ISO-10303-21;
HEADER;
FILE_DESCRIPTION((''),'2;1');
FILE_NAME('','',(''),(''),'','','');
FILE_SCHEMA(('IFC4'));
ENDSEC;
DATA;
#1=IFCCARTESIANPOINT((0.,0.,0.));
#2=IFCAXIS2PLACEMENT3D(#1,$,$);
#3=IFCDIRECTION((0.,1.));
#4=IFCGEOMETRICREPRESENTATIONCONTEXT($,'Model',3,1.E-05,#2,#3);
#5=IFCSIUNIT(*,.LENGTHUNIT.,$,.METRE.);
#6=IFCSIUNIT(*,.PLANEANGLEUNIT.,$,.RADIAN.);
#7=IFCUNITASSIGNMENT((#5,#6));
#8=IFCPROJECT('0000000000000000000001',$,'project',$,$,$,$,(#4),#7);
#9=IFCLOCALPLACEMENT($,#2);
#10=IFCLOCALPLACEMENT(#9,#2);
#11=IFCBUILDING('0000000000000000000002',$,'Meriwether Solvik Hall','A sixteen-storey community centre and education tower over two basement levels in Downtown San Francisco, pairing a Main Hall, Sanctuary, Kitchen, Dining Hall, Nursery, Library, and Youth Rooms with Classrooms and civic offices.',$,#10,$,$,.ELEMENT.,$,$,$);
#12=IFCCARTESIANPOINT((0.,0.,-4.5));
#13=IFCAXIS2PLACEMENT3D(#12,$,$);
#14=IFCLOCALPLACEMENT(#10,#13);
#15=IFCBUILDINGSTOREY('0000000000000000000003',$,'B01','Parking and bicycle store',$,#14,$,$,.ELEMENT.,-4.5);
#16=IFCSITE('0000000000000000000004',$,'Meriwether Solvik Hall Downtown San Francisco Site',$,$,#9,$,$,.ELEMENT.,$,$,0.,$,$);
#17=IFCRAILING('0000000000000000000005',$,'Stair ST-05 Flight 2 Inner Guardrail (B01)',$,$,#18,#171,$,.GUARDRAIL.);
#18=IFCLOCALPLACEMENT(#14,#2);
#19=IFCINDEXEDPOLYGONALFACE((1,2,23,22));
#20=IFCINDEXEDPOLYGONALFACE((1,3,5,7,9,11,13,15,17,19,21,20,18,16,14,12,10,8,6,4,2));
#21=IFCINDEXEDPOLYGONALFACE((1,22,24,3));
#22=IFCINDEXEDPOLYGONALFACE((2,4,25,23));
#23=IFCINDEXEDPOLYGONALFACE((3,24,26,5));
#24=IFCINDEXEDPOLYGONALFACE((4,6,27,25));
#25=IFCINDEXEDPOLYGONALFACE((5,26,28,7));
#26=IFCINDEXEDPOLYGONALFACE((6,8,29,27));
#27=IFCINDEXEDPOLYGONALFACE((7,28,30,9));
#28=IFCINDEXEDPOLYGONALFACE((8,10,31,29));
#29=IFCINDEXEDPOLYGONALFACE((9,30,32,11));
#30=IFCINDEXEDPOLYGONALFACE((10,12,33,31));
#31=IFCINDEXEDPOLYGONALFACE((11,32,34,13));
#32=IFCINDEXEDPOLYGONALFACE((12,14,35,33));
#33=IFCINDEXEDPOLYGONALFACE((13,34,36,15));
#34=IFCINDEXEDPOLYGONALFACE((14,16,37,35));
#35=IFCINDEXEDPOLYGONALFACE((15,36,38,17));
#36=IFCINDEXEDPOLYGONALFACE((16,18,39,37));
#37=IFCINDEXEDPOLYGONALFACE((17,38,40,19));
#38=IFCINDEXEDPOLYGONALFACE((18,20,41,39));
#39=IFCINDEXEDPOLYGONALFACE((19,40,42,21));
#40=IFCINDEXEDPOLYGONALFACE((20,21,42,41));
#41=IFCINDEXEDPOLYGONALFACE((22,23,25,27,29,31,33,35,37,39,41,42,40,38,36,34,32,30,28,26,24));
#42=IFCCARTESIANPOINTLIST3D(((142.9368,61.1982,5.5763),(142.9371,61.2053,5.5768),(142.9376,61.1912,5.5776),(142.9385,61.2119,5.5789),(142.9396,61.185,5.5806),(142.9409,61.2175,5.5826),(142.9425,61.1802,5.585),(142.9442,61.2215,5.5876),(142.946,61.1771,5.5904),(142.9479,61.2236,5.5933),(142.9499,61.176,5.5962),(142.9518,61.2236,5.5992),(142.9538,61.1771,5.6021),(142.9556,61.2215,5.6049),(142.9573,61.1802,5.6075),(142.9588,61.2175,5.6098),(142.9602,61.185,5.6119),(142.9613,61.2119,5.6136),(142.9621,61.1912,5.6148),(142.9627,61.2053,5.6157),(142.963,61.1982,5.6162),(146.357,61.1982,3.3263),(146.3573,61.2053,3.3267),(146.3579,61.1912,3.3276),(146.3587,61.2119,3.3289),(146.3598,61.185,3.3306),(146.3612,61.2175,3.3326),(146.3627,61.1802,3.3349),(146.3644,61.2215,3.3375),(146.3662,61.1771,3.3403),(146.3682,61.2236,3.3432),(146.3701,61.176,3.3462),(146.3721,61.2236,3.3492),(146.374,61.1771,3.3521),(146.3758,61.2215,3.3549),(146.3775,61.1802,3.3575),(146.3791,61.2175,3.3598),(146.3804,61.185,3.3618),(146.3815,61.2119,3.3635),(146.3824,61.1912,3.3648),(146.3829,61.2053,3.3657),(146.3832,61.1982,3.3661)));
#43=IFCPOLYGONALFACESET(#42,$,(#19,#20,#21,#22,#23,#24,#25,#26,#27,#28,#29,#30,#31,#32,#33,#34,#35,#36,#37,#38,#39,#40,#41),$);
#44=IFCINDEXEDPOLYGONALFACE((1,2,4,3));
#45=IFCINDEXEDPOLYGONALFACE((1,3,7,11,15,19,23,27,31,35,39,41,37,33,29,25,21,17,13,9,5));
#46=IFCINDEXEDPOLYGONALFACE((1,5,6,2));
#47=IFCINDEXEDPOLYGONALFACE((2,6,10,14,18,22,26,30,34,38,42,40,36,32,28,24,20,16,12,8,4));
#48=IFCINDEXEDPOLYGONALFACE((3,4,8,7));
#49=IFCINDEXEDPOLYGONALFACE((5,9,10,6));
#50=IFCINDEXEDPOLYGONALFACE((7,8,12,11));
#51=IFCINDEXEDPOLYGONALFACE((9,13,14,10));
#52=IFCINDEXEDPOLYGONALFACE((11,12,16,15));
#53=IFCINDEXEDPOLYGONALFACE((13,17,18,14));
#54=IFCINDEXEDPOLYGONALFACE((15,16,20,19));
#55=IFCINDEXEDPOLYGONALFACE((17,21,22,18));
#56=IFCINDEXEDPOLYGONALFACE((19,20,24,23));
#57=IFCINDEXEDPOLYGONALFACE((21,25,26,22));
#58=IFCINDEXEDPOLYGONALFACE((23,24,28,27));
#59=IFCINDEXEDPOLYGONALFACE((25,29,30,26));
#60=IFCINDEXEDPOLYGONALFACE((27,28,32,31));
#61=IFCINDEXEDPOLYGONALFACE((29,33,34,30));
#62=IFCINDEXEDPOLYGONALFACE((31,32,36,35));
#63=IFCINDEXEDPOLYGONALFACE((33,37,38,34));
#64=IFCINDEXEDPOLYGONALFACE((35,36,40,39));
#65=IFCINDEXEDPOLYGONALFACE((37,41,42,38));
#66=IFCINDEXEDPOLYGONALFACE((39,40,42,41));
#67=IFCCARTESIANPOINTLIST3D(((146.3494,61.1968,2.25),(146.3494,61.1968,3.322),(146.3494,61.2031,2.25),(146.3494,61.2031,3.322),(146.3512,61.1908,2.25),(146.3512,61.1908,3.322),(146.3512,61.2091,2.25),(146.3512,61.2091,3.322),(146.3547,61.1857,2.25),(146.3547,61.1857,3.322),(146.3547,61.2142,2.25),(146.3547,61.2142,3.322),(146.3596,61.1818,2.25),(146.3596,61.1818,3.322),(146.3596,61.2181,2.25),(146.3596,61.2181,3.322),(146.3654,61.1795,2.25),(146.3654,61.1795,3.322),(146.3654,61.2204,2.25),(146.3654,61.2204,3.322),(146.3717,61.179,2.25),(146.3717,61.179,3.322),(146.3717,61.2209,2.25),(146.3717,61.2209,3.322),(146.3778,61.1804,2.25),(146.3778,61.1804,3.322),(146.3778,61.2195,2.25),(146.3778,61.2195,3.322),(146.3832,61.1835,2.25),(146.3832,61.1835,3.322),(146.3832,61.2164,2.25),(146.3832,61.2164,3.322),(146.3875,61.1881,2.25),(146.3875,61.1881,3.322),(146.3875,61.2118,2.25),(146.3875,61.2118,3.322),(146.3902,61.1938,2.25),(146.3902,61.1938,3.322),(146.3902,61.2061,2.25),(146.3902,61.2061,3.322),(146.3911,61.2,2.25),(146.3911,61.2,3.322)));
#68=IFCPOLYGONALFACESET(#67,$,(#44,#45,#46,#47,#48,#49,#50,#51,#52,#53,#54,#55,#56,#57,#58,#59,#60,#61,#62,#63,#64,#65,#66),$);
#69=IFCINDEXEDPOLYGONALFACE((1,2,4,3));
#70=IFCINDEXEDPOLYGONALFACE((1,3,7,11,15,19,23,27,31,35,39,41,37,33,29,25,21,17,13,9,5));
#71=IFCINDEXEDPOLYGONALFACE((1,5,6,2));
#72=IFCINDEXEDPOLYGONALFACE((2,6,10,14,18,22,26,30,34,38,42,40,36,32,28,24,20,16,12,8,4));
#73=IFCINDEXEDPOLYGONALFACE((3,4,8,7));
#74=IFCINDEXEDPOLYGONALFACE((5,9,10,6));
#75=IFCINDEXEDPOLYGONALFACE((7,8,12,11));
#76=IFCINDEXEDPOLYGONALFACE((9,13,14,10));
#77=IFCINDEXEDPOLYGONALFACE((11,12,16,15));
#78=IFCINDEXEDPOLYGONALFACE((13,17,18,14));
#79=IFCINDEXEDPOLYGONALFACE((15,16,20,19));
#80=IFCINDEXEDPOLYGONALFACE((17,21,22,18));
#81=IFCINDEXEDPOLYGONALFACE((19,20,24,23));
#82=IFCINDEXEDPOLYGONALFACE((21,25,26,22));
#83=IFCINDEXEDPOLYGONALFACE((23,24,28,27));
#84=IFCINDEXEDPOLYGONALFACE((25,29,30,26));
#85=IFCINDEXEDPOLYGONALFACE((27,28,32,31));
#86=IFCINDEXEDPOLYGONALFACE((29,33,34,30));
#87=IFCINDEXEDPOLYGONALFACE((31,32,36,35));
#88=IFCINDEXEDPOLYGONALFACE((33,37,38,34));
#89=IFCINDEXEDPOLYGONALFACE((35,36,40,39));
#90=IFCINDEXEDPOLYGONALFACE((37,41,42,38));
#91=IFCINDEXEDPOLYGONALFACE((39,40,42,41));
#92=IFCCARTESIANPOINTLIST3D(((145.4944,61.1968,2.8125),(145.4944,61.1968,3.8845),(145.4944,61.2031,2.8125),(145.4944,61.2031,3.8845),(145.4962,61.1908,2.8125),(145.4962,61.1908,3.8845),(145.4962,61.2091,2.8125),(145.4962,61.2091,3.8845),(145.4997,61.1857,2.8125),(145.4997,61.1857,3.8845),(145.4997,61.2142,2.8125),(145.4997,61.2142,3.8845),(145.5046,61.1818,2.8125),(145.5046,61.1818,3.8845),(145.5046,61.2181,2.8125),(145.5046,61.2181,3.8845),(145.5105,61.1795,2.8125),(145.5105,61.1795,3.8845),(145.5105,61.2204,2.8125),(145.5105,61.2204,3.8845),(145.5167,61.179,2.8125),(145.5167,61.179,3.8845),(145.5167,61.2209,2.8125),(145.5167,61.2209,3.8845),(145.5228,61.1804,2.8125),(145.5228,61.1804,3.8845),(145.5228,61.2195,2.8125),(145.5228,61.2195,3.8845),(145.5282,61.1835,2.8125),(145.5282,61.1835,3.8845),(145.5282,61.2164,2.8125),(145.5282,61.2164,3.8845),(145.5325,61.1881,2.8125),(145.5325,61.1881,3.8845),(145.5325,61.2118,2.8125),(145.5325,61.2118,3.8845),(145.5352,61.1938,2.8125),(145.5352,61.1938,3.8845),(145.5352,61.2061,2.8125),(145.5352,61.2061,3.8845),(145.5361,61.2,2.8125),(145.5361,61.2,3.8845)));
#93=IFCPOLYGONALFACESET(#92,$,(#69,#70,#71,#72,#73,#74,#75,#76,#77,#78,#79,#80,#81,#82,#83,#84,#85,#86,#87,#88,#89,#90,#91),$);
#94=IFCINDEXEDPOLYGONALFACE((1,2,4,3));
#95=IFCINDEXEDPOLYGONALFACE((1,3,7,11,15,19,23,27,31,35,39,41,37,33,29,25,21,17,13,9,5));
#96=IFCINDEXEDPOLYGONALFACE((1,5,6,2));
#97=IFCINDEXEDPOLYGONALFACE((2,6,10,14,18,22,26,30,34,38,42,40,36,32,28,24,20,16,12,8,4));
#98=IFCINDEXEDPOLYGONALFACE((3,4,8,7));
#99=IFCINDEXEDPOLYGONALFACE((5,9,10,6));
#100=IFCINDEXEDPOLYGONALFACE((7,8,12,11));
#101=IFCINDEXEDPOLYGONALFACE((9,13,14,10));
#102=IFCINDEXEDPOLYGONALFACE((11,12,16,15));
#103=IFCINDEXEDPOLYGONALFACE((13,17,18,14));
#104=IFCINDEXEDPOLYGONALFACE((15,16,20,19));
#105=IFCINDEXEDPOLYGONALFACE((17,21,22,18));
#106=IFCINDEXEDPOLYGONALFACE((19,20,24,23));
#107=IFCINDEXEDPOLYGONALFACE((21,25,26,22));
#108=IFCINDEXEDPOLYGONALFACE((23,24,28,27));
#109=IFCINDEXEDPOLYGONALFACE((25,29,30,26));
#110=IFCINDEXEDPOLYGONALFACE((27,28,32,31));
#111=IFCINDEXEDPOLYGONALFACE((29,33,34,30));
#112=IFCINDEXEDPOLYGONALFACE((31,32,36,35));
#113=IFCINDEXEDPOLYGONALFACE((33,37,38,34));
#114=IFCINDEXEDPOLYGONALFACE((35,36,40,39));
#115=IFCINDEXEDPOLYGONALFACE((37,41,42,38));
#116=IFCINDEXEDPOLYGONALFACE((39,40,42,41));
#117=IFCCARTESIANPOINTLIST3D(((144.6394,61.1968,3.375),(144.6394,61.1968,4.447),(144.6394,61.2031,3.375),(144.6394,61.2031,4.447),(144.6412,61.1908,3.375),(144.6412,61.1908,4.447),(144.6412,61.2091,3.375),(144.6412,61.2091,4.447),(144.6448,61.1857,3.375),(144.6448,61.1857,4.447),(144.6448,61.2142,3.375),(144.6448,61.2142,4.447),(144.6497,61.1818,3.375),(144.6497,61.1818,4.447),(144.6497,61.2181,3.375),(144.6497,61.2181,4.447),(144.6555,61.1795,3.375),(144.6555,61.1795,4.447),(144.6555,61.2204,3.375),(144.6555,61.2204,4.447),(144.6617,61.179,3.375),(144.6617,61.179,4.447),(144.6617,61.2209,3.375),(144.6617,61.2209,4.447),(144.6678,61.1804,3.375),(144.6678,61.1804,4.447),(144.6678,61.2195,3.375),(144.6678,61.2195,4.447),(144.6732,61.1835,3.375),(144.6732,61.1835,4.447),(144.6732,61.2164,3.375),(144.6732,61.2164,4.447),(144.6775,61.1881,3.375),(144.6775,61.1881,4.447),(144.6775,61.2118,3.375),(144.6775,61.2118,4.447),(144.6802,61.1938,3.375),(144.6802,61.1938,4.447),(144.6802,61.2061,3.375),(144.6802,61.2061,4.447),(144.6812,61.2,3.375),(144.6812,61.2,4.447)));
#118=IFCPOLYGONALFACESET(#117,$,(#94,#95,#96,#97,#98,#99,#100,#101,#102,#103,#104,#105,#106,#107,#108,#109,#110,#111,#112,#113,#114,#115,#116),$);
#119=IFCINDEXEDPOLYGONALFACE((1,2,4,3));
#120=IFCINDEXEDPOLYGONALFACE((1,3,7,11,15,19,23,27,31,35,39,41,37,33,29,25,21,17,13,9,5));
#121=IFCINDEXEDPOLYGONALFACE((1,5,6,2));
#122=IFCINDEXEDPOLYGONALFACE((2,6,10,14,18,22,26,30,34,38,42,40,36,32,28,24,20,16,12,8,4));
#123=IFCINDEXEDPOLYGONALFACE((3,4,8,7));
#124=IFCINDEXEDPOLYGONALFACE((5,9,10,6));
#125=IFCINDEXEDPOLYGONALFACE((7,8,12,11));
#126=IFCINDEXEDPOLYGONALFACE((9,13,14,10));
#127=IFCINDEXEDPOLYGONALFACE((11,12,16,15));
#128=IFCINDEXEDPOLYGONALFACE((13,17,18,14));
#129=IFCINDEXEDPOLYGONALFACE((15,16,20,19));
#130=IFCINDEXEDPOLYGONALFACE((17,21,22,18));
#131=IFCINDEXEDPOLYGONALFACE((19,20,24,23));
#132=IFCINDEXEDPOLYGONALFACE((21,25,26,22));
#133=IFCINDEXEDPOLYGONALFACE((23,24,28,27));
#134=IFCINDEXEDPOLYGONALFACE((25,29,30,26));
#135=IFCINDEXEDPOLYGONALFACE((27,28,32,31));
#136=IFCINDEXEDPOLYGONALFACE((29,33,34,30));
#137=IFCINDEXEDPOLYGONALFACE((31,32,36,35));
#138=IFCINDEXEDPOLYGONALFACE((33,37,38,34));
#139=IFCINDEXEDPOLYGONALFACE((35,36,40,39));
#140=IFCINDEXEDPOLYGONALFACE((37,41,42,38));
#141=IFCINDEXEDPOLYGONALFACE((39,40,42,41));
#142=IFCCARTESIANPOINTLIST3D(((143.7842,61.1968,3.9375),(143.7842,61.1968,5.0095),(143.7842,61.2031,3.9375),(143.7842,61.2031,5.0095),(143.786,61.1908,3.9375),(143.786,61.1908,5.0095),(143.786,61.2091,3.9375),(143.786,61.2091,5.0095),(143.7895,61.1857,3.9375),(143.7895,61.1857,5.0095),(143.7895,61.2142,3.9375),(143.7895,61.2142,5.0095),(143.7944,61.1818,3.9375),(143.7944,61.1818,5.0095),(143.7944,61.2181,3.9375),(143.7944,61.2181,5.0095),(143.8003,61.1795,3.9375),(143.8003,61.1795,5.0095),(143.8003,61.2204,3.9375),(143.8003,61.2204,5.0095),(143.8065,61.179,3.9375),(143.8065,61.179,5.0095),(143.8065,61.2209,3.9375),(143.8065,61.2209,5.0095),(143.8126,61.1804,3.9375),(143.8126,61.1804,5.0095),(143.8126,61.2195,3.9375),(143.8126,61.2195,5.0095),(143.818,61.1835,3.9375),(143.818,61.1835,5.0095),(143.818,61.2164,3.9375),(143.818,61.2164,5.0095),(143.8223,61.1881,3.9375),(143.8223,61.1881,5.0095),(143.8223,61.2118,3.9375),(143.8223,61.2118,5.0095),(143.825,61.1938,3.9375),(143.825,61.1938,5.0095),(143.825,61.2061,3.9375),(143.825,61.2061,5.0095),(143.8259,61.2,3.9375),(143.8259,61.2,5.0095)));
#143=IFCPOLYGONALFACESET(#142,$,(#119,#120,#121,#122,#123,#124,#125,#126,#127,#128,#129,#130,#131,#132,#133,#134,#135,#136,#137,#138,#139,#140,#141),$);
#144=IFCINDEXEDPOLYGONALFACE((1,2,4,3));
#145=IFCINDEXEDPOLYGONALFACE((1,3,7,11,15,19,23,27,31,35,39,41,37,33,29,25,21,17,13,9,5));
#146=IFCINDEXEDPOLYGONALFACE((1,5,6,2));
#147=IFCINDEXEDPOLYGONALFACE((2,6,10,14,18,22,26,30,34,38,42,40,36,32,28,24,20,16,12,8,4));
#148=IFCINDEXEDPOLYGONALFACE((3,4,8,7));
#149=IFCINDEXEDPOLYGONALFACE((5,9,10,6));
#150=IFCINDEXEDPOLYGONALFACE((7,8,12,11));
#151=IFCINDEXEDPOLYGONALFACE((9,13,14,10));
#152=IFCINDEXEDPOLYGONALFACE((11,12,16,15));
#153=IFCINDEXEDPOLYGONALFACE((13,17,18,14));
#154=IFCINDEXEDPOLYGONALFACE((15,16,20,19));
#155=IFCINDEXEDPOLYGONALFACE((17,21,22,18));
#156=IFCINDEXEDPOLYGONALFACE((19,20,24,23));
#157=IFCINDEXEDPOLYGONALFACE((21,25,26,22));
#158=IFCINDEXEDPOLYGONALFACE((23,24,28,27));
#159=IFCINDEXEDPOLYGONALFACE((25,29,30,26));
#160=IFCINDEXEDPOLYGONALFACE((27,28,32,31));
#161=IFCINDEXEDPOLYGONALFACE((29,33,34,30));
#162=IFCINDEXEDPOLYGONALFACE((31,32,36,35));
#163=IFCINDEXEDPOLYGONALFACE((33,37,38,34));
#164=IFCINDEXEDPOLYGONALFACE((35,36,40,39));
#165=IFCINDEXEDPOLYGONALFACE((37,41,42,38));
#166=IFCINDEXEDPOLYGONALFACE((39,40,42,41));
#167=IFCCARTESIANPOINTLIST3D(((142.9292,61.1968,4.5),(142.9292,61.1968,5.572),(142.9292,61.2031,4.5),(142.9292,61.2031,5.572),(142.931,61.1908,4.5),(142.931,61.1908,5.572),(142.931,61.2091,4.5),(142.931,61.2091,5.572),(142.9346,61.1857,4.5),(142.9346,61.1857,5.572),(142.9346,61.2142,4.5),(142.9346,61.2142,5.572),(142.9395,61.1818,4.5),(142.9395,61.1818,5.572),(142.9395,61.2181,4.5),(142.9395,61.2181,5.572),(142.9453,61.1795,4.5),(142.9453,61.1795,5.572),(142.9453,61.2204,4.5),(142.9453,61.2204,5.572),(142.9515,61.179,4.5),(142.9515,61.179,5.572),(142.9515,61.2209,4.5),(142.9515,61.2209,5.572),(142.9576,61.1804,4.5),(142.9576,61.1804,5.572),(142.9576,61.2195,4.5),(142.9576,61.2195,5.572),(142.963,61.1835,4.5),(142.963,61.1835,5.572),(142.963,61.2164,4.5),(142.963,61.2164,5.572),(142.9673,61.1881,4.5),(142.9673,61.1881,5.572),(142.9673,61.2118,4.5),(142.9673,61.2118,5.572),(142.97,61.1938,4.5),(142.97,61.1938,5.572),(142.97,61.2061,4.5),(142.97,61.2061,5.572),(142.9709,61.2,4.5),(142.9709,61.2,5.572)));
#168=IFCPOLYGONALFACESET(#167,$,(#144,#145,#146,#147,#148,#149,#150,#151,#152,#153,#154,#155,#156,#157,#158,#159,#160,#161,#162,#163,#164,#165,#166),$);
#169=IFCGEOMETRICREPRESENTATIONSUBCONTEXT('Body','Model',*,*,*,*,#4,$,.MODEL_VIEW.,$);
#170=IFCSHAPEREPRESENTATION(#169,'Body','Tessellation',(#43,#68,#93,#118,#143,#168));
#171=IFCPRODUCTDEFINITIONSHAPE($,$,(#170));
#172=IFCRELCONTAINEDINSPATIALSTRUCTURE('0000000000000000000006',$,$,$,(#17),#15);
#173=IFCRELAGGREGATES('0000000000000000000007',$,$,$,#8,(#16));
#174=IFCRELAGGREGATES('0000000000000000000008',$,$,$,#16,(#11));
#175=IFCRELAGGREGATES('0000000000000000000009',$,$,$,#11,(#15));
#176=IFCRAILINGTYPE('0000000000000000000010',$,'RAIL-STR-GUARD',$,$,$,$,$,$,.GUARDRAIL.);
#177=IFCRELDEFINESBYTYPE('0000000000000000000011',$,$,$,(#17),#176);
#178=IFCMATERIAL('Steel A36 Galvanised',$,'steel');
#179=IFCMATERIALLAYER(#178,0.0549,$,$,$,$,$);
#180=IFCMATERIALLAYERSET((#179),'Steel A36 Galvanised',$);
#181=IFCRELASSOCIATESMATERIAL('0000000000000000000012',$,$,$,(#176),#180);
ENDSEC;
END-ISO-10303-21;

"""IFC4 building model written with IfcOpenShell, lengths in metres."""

from ifc_helpers import new_model, si_unit, direction, frame, origin, origin_2d, place, context, subcontext, project, spatial, circle, extrude, material, layer, layer_set, type_object, element, save


model = new_model("IFC4")

# Units and contexts
model_context = context("Model", 3, precision=1e-05, world=origin(), true_north=direction((0.0, 1.0)))
body_context = subcontext(model_context, "Body", "Model", "MODEL_VIEW")
ifc_project = project(units=[si_unit("LENGTHUNIT", "METRE"), si_unit("PLANEANGLEUNIT", "RADIAN")], contexts=[model_context])

# Site, building, storey
site_placement = place(None, origin())
site = spatial("IfcSite", under=ifc_project, at=site_placement, Name="Meriwether Solvik Hall Downtown San Francisco Site", CompositionType="ELEMENT", RefElevation=0.0)
building_placement = place(site_placement, origin())
building = spatial("IfcBuilding", under=site, at=building_placement, Name="Meriwether Solvik Hall", Description="A sixteen-storey community centre and education tower over two basement levels in Downtown San Francisco, pairing a Main Hall, Sanctuary, Kitchen, Dining Hall, Nursery, Library, and Youth Rooms with Classrooms and civic offices.", CompositionType="ELEMENT")
storey_placement = place(building_placement, frame((0.0, 0.0, -4.5)))
storey = spatial("IfcBuildingStorey", under=building, at=storey_placement, Name="B01", Description="Parking and bicycle store", CompositionType="ELEMENT", Elevation=-4.5)

# Railing
ifc_material_1 = material(Name="Steel A36 Galvanised", Category="steel")
ifc_layer_1 = layer(ifc_material_1, 0.0549)
ifc_layer_set_1 = layer_set([ifc_layer_1], Name="Steel A36 Galvanised")
railing_type_1 = type_object("IfcRailingType", Name="RAIL-STR-GUARD", PredefinedType="GUARDRAIL", material=ifc_layer_set_1)
railing_1_placement = place(storey_placement, frame((146.3701, 61.2, 2.25)))
element("IfcRailing", 1, at=railing_1_placement, inside=storey, type_object=railing_type_1, Name="Stair ST-05 Flight 2 Inner Guardrail (B01)", PredefinedType="GUARDRAIL", context=body_context, shape_type="SweptSolid", body=[
    extrude(circle(Radius=0.0239, at=origin_2d()), frame((0.0, 0.0, 1.0962), z_axis=(-0.835429, 0.0, 0.549598), x_axis=(0.0, -1.0, 0.0)), (0.0, 0.0, 1.0), 4.094),
    extrude(circle(Radius=0.021, at=origin_2d()), origin(), (0.0, 0.0, 1.0), 1.072),
    extrude(circle(Radius=0.021, at=origin_2d()), frame((-0.855, 0.0, 0.5625)), (0.0, 0.0, 1.0), 1.072),
    extrude(circle(Radius=0.021, at=origin_2d()), frame((-1.71, 0.0, 1.125)), (0.0, 0.0, 1.0), 1.072),
    extrude(circle(Radius=0.021, at=origin_2d()), frame((-2.5652, 0.0, 1.6875)), (0.0, 0.0, 1.0), 1.072),
    extrude(circle(Radius=0.021, at=origin_2d()), frame((-3.4202, 0.0, 2.25)), (0.0, 0.0, 1.0), 1.072),
])

save(model, "model.ifc")
